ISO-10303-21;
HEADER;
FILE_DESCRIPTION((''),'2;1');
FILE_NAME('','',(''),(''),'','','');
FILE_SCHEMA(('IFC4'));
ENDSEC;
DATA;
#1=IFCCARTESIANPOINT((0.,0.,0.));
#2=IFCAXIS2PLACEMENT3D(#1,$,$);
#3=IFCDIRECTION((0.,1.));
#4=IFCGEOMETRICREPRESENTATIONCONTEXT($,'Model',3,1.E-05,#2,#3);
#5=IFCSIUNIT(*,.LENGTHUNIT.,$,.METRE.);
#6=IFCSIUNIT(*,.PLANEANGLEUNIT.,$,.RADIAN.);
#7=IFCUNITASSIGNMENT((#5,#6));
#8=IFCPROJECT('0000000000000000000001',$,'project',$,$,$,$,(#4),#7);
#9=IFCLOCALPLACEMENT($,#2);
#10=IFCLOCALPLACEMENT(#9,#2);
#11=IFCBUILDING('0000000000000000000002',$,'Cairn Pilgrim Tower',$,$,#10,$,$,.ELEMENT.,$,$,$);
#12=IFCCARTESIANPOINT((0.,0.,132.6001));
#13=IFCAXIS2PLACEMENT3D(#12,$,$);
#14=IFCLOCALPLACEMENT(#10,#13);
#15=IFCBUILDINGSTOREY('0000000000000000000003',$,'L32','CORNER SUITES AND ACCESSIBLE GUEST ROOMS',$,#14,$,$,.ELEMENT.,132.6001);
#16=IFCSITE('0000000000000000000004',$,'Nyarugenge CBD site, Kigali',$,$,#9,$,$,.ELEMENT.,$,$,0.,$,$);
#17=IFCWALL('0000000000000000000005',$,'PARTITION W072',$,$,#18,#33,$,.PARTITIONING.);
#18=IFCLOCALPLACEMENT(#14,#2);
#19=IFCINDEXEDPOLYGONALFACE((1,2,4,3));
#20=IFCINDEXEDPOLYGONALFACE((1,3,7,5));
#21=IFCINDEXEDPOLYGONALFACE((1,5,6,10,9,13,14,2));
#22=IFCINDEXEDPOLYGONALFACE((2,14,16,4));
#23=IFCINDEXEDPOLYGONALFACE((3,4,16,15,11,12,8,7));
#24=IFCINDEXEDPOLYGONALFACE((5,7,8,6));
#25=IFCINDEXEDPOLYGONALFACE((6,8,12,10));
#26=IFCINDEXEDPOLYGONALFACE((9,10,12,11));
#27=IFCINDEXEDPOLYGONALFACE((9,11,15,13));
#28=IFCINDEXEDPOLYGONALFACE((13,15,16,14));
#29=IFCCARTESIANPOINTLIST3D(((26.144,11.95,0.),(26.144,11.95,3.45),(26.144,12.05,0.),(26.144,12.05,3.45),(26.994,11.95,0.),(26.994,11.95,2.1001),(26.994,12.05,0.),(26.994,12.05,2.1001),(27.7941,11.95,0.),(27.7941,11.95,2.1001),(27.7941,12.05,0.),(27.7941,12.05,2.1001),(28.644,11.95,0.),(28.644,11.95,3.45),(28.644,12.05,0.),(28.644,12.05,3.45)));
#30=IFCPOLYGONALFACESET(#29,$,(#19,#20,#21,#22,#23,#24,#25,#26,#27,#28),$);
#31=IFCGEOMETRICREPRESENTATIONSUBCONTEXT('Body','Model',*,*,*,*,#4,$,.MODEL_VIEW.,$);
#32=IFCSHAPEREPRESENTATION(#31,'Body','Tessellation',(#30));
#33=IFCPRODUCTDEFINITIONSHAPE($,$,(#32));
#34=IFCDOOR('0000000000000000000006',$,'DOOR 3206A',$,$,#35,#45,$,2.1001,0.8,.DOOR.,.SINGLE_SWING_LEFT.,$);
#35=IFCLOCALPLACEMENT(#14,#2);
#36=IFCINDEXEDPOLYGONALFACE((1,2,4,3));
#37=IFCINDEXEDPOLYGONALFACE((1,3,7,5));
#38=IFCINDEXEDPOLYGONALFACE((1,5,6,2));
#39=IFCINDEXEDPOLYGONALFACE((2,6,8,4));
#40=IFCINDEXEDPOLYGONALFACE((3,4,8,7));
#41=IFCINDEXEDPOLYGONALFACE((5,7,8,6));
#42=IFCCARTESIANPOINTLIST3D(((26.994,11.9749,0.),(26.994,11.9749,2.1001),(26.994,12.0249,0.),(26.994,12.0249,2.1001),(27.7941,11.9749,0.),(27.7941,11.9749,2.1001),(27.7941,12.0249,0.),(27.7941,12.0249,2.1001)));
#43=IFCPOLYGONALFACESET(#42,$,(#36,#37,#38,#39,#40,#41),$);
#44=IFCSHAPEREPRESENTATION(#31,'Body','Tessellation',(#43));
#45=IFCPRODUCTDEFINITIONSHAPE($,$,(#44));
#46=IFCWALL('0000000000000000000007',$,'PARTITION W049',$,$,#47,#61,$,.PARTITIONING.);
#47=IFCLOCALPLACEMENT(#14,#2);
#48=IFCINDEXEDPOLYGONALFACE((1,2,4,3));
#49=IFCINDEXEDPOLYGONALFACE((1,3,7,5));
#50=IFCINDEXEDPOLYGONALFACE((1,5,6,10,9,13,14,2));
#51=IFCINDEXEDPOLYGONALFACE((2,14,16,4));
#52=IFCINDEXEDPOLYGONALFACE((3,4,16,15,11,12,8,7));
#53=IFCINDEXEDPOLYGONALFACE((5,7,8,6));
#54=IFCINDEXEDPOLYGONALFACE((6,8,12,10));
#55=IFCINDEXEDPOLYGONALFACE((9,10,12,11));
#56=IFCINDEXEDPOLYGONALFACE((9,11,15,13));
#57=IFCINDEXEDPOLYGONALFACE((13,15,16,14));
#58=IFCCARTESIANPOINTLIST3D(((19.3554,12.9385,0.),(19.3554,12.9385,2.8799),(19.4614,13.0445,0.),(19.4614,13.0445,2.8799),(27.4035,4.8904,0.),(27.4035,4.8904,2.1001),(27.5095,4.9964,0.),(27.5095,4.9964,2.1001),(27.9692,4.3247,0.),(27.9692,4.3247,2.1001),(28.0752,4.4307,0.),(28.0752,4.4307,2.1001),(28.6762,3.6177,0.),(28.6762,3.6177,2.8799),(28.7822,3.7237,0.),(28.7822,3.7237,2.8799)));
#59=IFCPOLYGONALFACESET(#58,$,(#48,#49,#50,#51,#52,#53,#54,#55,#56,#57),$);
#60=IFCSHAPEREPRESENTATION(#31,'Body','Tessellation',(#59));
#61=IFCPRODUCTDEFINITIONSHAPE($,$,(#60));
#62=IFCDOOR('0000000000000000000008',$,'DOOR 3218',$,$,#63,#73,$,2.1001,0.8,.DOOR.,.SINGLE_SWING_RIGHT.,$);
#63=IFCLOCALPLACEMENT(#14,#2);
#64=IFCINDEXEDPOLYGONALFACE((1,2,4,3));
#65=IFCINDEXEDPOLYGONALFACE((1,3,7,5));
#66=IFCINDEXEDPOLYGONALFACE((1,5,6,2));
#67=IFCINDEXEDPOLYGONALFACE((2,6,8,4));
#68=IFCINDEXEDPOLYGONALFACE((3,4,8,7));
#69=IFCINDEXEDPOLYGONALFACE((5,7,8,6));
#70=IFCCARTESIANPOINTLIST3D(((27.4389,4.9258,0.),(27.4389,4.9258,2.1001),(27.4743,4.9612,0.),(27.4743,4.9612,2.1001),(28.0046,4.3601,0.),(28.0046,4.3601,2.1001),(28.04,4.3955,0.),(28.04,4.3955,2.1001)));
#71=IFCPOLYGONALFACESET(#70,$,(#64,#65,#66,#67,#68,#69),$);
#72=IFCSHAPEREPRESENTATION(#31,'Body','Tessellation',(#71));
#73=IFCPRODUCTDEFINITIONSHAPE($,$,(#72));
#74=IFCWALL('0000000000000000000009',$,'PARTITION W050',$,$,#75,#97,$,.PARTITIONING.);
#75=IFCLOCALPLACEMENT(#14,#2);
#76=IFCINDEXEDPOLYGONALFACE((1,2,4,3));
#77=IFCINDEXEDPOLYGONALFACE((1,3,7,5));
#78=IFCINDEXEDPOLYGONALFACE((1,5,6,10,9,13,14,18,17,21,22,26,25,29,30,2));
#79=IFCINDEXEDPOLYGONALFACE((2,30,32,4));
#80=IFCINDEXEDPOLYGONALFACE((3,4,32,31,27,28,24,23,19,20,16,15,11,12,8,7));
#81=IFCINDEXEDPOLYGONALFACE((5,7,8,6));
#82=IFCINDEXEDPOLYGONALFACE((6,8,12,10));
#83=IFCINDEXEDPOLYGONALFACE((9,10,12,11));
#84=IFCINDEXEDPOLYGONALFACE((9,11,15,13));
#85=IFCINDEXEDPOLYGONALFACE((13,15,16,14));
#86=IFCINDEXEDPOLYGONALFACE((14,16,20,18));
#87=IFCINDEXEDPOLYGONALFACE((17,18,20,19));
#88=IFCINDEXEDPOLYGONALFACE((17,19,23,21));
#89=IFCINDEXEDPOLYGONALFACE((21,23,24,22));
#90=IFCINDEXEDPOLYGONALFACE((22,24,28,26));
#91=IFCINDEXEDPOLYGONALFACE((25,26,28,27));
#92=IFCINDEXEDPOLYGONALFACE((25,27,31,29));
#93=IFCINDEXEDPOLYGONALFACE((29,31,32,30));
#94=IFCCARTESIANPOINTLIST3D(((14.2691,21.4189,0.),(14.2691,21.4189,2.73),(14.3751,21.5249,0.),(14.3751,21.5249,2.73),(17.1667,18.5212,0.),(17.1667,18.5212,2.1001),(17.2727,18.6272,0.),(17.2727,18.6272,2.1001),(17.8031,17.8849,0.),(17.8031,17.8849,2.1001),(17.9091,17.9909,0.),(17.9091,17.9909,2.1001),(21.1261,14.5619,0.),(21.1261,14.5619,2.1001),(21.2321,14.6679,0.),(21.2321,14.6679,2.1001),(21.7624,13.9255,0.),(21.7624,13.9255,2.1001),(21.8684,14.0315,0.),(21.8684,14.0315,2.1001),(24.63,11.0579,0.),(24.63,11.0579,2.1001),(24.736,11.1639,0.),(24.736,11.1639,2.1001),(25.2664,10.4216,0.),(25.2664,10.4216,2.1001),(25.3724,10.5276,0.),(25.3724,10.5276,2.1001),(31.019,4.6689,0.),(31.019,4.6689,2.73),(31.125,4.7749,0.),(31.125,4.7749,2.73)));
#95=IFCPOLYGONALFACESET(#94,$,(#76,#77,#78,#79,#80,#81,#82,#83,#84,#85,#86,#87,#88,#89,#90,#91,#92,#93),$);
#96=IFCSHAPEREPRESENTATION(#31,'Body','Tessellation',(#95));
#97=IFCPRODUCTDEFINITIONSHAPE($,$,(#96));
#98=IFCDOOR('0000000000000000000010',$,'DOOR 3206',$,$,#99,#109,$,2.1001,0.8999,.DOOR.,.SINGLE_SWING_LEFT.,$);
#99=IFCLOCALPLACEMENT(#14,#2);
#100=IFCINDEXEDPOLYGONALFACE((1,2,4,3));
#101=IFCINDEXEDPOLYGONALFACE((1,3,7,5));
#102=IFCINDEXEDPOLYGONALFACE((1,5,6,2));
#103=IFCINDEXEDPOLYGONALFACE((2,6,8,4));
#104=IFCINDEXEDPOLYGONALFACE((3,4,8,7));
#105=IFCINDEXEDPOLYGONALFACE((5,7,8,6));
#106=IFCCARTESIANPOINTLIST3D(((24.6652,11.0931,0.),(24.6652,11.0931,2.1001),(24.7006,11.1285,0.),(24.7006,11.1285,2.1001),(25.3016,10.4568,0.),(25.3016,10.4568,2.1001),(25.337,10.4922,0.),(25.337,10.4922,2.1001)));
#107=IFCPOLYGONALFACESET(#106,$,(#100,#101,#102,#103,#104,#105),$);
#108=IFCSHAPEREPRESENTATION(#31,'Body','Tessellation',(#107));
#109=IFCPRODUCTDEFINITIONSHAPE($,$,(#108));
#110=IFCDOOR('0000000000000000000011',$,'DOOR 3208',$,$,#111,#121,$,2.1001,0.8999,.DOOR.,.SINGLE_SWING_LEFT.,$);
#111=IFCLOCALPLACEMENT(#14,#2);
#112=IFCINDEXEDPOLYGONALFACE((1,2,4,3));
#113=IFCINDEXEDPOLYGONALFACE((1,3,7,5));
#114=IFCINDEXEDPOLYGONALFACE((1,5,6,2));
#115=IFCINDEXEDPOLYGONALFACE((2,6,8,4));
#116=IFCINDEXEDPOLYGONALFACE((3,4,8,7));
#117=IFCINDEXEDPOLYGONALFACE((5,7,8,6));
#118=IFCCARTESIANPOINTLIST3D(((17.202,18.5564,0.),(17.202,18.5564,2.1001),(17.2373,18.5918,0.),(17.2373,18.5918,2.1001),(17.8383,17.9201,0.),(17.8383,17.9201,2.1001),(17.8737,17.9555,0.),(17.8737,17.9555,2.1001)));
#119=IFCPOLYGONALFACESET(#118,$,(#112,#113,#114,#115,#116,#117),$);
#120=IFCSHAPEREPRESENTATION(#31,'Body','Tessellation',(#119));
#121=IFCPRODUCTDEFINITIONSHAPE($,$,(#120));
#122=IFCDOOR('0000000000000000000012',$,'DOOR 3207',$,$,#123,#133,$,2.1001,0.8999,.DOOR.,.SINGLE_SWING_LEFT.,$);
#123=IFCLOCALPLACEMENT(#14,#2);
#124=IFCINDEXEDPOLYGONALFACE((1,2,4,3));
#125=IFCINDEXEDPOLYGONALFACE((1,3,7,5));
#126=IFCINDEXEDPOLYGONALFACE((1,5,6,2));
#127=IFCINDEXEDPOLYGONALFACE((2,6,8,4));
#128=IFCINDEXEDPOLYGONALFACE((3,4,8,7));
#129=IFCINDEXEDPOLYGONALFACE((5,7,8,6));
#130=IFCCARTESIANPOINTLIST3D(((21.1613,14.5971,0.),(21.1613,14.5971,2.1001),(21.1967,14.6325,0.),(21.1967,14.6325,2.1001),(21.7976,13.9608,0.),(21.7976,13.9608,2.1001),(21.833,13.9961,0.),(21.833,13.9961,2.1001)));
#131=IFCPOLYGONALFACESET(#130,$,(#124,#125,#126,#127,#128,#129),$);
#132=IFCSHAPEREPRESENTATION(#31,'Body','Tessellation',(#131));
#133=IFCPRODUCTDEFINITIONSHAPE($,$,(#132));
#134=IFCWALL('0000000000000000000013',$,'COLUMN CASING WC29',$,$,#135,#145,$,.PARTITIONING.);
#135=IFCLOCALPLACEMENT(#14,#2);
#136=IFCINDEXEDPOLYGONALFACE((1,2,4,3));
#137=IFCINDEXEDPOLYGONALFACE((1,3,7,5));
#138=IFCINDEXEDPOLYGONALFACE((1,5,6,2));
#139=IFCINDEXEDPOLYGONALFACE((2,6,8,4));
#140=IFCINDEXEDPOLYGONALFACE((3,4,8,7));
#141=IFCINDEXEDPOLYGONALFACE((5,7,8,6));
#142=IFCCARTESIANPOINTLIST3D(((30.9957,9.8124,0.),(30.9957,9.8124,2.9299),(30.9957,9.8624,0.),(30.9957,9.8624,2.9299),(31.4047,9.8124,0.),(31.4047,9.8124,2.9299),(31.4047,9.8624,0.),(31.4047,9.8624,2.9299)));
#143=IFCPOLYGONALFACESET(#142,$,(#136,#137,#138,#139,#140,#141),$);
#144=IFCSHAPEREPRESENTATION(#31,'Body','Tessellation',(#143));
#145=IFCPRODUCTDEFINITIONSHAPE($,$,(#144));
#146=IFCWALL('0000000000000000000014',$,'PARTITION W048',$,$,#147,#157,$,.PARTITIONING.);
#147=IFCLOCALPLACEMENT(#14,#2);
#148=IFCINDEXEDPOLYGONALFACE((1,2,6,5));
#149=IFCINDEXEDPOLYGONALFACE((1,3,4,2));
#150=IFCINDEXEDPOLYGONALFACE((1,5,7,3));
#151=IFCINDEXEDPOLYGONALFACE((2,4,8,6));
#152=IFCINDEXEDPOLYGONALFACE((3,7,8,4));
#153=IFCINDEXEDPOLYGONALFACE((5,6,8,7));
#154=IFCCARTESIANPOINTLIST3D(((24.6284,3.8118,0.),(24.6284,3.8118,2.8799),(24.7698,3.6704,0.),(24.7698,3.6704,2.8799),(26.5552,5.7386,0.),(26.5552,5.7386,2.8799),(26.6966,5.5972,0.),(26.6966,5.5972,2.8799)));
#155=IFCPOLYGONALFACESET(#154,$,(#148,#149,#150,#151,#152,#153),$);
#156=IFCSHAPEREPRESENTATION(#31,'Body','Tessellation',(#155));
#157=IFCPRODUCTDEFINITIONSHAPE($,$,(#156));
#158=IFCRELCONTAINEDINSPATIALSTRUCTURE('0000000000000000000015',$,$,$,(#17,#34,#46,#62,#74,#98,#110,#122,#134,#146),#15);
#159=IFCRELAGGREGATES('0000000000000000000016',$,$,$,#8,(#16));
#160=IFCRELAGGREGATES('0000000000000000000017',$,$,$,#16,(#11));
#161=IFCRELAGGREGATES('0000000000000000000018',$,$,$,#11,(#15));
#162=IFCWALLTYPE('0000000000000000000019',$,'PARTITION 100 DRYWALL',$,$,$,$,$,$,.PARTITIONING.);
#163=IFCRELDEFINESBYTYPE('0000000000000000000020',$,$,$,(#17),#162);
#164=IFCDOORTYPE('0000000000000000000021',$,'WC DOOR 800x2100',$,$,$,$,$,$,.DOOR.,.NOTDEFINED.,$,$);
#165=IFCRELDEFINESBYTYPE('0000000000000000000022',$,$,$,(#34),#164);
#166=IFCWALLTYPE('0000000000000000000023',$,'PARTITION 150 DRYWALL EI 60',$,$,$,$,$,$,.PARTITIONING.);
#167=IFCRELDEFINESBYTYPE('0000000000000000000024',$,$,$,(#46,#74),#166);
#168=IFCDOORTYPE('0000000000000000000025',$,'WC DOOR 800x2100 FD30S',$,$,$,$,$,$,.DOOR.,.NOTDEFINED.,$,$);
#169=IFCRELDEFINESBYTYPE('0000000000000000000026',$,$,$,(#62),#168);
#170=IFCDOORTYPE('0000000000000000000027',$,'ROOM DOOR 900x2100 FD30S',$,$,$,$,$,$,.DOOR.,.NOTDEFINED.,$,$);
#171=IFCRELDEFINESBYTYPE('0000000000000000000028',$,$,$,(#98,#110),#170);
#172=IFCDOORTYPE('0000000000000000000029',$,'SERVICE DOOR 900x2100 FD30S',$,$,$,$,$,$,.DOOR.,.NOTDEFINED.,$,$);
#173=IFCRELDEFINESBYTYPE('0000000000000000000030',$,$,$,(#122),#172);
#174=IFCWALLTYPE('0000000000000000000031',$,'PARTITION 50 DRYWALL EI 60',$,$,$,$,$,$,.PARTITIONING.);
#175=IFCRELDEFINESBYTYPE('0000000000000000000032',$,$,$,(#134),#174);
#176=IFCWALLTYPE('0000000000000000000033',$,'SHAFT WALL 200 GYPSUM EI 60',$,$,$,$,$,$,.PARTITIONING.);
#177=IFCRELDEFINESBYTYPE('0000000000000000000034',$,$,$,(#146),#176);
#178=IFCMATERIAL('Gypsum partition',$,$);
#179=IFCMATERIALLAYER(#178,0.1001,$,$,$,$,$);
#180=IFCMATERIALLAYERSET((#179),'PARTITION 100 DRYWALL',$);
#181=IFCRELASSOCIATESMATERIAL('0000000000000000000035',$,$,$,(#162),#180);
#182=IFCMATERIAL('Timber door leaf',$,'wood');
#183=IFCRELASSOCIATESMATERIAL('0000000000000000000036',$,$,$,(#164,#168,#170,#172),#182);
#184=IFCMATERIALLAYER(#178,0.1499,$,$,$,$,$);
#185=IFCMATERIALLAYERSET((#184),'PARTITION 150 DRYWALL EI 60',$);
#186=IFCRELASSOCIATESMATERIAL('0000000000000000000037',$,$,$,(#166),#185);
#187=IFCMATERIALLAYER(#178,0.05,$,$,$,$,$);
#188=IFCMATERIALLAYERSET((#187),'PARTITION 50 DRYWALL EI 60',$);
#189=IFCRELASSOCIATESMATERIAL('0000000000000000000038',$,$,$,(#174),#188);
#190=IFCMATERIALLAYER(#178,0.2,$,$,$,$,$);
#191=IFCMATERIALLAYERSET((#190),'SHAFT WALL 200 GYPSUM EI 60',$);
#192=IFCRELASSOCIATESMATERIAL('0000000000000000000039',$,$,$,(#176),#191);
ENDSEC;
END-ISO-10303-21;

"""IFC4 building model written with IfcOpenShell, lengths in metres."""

from ifc_helpers import new_model, si_unit, direction, frame, frame_2d, origin, place, context, subcontext, project, spatial, rectangle, extrude, material, layer, layer_set, type_object, element, fill, save


model = new_model("IFC4")

# Units and contexts
model_context = context("Model", 3, precision=1e-05, world=origin(), true_north=direction((0.0, 1.0)))
body_context = subcontext(model_context, "Body", "Model", "MODEL_VIEW")
ifc_project = project(units=[si_unit("LENGTHUNIT", "METRE"), si_unit("PLANEANGLEUNIT", "RADIAN")], contexts=[model_context])

# Site, building, storey
site_placement = place(None, origin())
site = spatial("IfcSite", under=ifc_project, at=site_placement, Name="Nyarugenge CBD site, Kigali", CompositionType="ELEMENT", RefElevation=0.0)
building_placement = place(site_placement, origin())
building = spatial("IfcBuilding", under=site, at=building_placement, Name="Cairn Pilgrim Tower", CompositionType="ELEMENT")
storey_placement = place(building_placement, frame((0.0, 0.0, 132.6001)))
storey = spatial("IfcBuildingStorey", under=building, at=storey_placement, Name="L32", Description="CORNER SUITES AND ACCESSIBLE GUEST ROOMS", CompositionType="ELEMENT", Elevation=132.6001)

# Shared definitions
ifc_material_1 = material(Name="Gypsum partition")
ifc_layer_1 = layer(ifc_material_1, 0.1001)
ifc_layer_set_1 = layer_set([ifc_layer_1], Name="PARTITION 100 DRYWALL")
wall_type_1 = type_object("IfcWallType", Name="PARTITION 100 DRYWALL", PredefinedType="PARTITIONING", material=ifc_layer_set_1)
ifc_material_2 = material(Name="Timber door leaf", Category="wood")

# Walls, openings, doors
wall_1_placement = place(storey_placement, frame((26.144, 12.0, 0.0), z_axis=(0.0, 0.0, 1.0), x_axis=(1.0, 0.0, 0.0)))
wall_1 = element("IfcWall", 1, at=wall_1_placement, inside=storey, type_object=wall_type_1, Name="PARTITION W072", PredefinedType="PARTITIONING", context=body_context, shape_type="SweptSolid", body=[
    extrude(rectangle(XDim=2.5, YDim=0.1001, at=frame_2d((1.25, 0.0))), origin(), (0.0, 0.0, 1.0), 3.45),
])
opening_1_placement = place(wall_1_placement, frame((0.8501, 0.0, 0.0)))
opening_1 = element("IfcOpeningElement", 2, at=opening_1_placement, cuts=wall_1, PredefinedType="OPENING", context=body_context, shape_type="SweptSolid", body=[
    extrude(rectangle(XDim=0.8, YDim=2.1001, at=frame_2d((0.3999, 1.05))), frame((0.0, 0.0601, 0.0), z_axis=(0.0, -1.0, 0.0), x_axis=(1.0, 0.0, 0.0)), (0.0, 0.0, 1.0), 0.1201),
])
door_type_1 = type_object("IfcDoorType", Name="WC DOOR 800x2100", OperationType="NOTDEFINED", PredefinedType="DOOR", material=ifc_material_2)
door_1_placement = place(opening_1_placement, origin())
door_1 = element("IfcDoor", 3, at=door_1_placement, inside=storey, type_object=door_type_1, Name="DOOR 3206A", OperationType="SINGLE_SWING_LEFT", OverallHeight=2.1001, OverallWidth=0.8, PredefinedType="DOOR", context=body_context, shape_type="SweptSolid", body=[
    extrude(rectangle(XDim=0.8, YDim=2.1001, at=frame_2d((0.3999, 1.05))), frame((0.0, 0.0249, 0.0), z_axis=(0.0, -1.0, 0.0), x_axis=(1.0, 0.0, 0.0)), (0.0, 0.0, 1.0), 0.05),
])
fill(opening_1, door_1)
ifc_layer_2 = layer(ifc_material_1, 0.1499)
ifc_layer_set_2 = layer_set([ifc_layer_2], Name="PARTITION 150 DRYWALL EI 60")
wall_type_2 = type_object("IfcWallType", Name="PARTITION 150 DRYWALL EI 60", PredefinedType="PARTITIONING", material=ifc_layer_set_2)
wall_2_placement = place(storey_placement, frame((28.7292, 3.6707, 0.0), z_axis=(0.0, 0.0, 1.0), x_axis=(-0.707107, 0.707107, 0.0)))
wall_2 = element("IfcWall", 4, at=wall_2_placement, inside=storey, type_object=wall_type_2, Name="PARTITION W049", PredefinedType="PARTITIONING", context=body_context, shape_type="SweptSolid", body=[
    extrude(rectangle(XDim=13.1816, YDim=0.1499, at=frame_2d((6.5908, 0.0))), origin(), (0.0, 0.0, 1.0), 2.8799),
])
opening_2_placement = place(wall_2_placement, frame((1.0, 0.0, 0.0)))
opening_2 = element("IfcOpeningElement", 5, at=opening_2_placement, cuts=wall_2, PredefinedType="OPENING", context=body_context, shape_type="SweptSolid", body=[
    extrude(rectangle(XDim=0.8, YDim=2.1001, at=frame_2d((0.3999, 1.05))), frame((0.0, 0.085, 0.0), z_axis=(0.0, -1.0, 0.0), x_axis=(1.0, 0.0, 0.0)), (0.0, 0.0, 1.0), 0.1699),
])
door_type_2 = type_object("IfcDoorType", Name="WC DOOR 800x2100 FD30S", OperationType="NOTDEFINED", PredefinedType="DOOR", material=ifc_material_2)
door_2_placement = place(opening_2_placement, origin())
door_2 = element("IfcDoor", 6, at=door_2_placement, inside=storey, type_object=door_type_2, Name="DOOR 3218", OperationType="SINGLE_SWING_RIGHT", OverallHeight=2.1001, OverallWidth=0.8, PredefinedType="DOOR", context=body_context, shape_type="SweptSolid", body=[
    extrude(rectangle(XDim=0.8, YDim=2.1001, at=frame_2d((0.3999, 1.05))), frame((0.0, 0.0249, 0.0), z_axis=(0.0, -1.0, 0.0), x_axis=(1.0, 0.0, 0.0)), (0.0, 0.0, 1.0), 0.05),
])
fill(opening_2, door_2)

# Wall, openings, doors
wall_3_placement = place(storey_placement, frame((31.072, 4.7219, 0.0), z_axis=(0.0, 0.0, 1.0), x_axis=(-0.707107, 0.707107, 0.0)))
wall_3 = element("IfcWall", 7, at=wall_3_placement, inside=storey, type_object=wall_type_2, Name="PARTITION W050", PredefinedType="PARTITIONING", context=body_context, shape_type="SweptSolid", body=[
    extrude(rectangle(XDim=23.688, YDim=0.1499, at=frame_2d((11.844, 0.0))), origin(), (0.0, 0.0, 1.0), 2.73),
])
opening_3_placement = place(wall_3_placement, frame((8.1355, 0.0, 0.0)))
opening_3 = element("IfcOpeningElement", 8, at=opening_3_placement, cuts=wall_3, PredefinedType="OPENING", context=body_context, shape_type="SweptSolid", body=[
    extrude(rectangle(XDim=0.8999, YDim=2.1001, at=frame_2d((0.45, 1.05))), frame((0.0, 0.085, 0.0), z_axis=(0.0, -1.0, 0.0), x_axis=(1.0, 0.0, 0.0)), (0.0, 0.0, 1.0), 0.1699),
])
opening_4_placement = place(wall_3_placement, frame((13.0908, 0.0, 0.0)))
opening_4 = element("IfcOpeningElement", 9, at=opening_4_placement, cuts=wall_3, PredefinedType="OPENING", context=body_context, shape_type="SweptSolid", body=[
    extrude(rectangle(XDim=0.8999, YDim=2.1001, at=frame_2d((0.45, 1.05))), frame((0.0, 0.085, 0.0), z_axis=(0.0, -1.0, 0.0), x_axis=(1.0, 0.0, 0.0)), (0.0, 0.0, 1.0), 0.1699),
])
opening_5_placement = place(wall_3_placement, frame((18.6902, 0.0, 0.0)))
opening_5 = element("IfcOpeningElement", 10, at=opening_5_placement, cuts=wall_3, PredefinedType="OPENING", context=body_context, shape_type="SweptSolid", body=[
    extrude(rectangle(XDim=0.8999, YDim=2.1001, at=frame_2d((0.45, 1.05))), frame((0.0, 0.085, 0.0), z_axis=(0.0, -1.0, 0.0), x_axis=(1.0, 0.0, 0.0)), (0.0, 0.0, 1.0), 0.1699),
])
door_type_3 = type_object("IfcDoorType", Name="ROOM DOOR 900x2100 FD30S", OperationType="NOTDEFINED", PredefinedType="DOOR", material=ifc_material_2)
door_3_placement = place(opening_3_placement, frame((0.8999, 0.0, 0.0), z_axis=(0.0, 0.0, 1.0), x_axis=(-1.0, 0.0, 0.0)))
door_3 = element("IfcDoor", 11, at=door_3_placement, inside=storey, type_object=door_type_3, Name="DOOR 3206", OperationType="SINGLE_SWING_LEFT", OverallHeight=2.1001, OverallWidth=0.8999, PredefinedType="DOOR", context=body_context, shape_type="SweptSolid", body=[
    extrude(rectangle(XDim=0.8999, YDim=2.1001, at=frame_2d((0.45, 1.05))), frame((0.0, 0.0249, 0.0), z_axis=(0.0, -1.0, 0.0), x_axis=(1.0, 0.0, 0.0)), (0.0, 0.0, 1.0), 0.05),
])
fill(opening_3, door_3)
door_4_placement = place(opening_5_placement, frame((0.8999, 0.0, 0.0), z_axis=(0.0, 0.0, 1.0), x_axis=(-1.0, 0.0, 0.0)))
door_4 = element("IfcDoor", 12, at=door_4_placement, inside=storey, type_object=door_type_3, Name="DOOR 3208", OperationType="SINGLE_SWING_LEFT", OverallHeight=2.1001, OverallWidth=0.8999, PredefinedType="DOOR", context=body_context, shape_type="SweptSolid", body=[
    extrude(rectangle(XDim=0.8999, YDim=2.1001, at=frame_2d((0.45, 1.05))), frame((0.0, 0.0249, 0.0), z_axis=(0.0, -1.0, 0.0), x_axis=(1.0, 0.0, 0.0)), (0.0, 0.0, 1.0), 0.05),
])
fill(opening_5, door_4)
door_type_4 = type_object("IfcDoorType", Name="SERVICE DOOR 900x2100 FD30S", OperationType="NOTDEFINED", PredefinedType="DOOR", material=ifc_material_2)
door_5_placement = place(opening_4_placement, frame((0.8999, 0.0, 0.0), z_axis=(0.0, 0.0, 1.0), x_axis=(-1.0, 0.0, 0.0)))
door_5 = element("IfcDoor", 13, at=door_5_placement, inside=storey, type_object=door_type_4, Name="DOOR 3207", OperationType="SINGLE_SWING_LEFT", OverallHeight=2.1001, OverallWidth=0.8999, PredefinedType="DOOR", context=body_context, shape_type="SweptSolid", body=[
    extrude(rectangle(XDim=0.8999, YDim=2.1001, at=frame_2d((0.45, 1.05))), frame((0.0, 0.0249, 0.0), z_axis=(0.0, -1.0, 0.0), x_axis=(1.0, 0.0, 0.0)), (0.0, 0.0, 1.0), 0.05),
])
fill(opening_4, door_5)

# Walls
ifc_layer_3 = layer(ifc_material_1, 0.05)
ifc_layer_set_3 = layer_set([ifc_layer_3], Name="PARTITION 50 DRYWALL EI 60")
wall_type_3 = type_object("IfcWallType", Name="PARTITION 50 DRYWALL EI 60", PredefinedType="PARTITIONING", material=ifc_layer_set_3)
wall_4_placement = place(storey_placement, frame((30.9956, 9.8374, 0.0), z_axis=(0.0, 0.0, 1.0), x_axis=(1.0, 0.0, 0.0)))
element("IfcWall", 14, at=wall_4_placement, inside=storey, type_object=wall_type_3, Name="COLUMN CASING WC29", PredefinedType="PARTITIONING", context=body_context, shape_type="SweptSolid", body=[
    extrude(rectangle(XDim=0.4089, YDim=0.05, at=frame_2d((0.2046, 0.0))), origin(), (0.0, 0.0, 1.0), 2.9299),
])
ifc_layer_4 = layer(ifc_material_1, 0.2)
ifc_layer_set_4 = layer_set([ifc_layer_4], Name="SHAFT WALL 200 GYPSUM EI 60")
wall_type_4 = type_object("IfcWallType", Name="SHAFT WALL 200 GYPSUM EI 60", PredefinedType="PARTITIONING", material=ifc_layer_set_4)
wall_5_placement = place(storey_placement, frame((24.6992, 3.7412, 0.0), z_axis=(0.0, 0.0, 1.0), x_axis=(0.707107, 0.707107, 0.0)))
element("IfcWall", 15, at=wall_5_placement, inside=storey, type_object=wall_type_4, Name="PARTITION W048", PredefinedType="PARTITIONING", context=body_context, shape_type="SweptSolid", body=[
    extrude(rectangle(XDim=2.7249, YDim=0.2, at=frame_2d((1.3623, 0.0))), origin(), (0.0, 0.0, 1.0), 2.8799),
])

save(model, "model.ifc")
